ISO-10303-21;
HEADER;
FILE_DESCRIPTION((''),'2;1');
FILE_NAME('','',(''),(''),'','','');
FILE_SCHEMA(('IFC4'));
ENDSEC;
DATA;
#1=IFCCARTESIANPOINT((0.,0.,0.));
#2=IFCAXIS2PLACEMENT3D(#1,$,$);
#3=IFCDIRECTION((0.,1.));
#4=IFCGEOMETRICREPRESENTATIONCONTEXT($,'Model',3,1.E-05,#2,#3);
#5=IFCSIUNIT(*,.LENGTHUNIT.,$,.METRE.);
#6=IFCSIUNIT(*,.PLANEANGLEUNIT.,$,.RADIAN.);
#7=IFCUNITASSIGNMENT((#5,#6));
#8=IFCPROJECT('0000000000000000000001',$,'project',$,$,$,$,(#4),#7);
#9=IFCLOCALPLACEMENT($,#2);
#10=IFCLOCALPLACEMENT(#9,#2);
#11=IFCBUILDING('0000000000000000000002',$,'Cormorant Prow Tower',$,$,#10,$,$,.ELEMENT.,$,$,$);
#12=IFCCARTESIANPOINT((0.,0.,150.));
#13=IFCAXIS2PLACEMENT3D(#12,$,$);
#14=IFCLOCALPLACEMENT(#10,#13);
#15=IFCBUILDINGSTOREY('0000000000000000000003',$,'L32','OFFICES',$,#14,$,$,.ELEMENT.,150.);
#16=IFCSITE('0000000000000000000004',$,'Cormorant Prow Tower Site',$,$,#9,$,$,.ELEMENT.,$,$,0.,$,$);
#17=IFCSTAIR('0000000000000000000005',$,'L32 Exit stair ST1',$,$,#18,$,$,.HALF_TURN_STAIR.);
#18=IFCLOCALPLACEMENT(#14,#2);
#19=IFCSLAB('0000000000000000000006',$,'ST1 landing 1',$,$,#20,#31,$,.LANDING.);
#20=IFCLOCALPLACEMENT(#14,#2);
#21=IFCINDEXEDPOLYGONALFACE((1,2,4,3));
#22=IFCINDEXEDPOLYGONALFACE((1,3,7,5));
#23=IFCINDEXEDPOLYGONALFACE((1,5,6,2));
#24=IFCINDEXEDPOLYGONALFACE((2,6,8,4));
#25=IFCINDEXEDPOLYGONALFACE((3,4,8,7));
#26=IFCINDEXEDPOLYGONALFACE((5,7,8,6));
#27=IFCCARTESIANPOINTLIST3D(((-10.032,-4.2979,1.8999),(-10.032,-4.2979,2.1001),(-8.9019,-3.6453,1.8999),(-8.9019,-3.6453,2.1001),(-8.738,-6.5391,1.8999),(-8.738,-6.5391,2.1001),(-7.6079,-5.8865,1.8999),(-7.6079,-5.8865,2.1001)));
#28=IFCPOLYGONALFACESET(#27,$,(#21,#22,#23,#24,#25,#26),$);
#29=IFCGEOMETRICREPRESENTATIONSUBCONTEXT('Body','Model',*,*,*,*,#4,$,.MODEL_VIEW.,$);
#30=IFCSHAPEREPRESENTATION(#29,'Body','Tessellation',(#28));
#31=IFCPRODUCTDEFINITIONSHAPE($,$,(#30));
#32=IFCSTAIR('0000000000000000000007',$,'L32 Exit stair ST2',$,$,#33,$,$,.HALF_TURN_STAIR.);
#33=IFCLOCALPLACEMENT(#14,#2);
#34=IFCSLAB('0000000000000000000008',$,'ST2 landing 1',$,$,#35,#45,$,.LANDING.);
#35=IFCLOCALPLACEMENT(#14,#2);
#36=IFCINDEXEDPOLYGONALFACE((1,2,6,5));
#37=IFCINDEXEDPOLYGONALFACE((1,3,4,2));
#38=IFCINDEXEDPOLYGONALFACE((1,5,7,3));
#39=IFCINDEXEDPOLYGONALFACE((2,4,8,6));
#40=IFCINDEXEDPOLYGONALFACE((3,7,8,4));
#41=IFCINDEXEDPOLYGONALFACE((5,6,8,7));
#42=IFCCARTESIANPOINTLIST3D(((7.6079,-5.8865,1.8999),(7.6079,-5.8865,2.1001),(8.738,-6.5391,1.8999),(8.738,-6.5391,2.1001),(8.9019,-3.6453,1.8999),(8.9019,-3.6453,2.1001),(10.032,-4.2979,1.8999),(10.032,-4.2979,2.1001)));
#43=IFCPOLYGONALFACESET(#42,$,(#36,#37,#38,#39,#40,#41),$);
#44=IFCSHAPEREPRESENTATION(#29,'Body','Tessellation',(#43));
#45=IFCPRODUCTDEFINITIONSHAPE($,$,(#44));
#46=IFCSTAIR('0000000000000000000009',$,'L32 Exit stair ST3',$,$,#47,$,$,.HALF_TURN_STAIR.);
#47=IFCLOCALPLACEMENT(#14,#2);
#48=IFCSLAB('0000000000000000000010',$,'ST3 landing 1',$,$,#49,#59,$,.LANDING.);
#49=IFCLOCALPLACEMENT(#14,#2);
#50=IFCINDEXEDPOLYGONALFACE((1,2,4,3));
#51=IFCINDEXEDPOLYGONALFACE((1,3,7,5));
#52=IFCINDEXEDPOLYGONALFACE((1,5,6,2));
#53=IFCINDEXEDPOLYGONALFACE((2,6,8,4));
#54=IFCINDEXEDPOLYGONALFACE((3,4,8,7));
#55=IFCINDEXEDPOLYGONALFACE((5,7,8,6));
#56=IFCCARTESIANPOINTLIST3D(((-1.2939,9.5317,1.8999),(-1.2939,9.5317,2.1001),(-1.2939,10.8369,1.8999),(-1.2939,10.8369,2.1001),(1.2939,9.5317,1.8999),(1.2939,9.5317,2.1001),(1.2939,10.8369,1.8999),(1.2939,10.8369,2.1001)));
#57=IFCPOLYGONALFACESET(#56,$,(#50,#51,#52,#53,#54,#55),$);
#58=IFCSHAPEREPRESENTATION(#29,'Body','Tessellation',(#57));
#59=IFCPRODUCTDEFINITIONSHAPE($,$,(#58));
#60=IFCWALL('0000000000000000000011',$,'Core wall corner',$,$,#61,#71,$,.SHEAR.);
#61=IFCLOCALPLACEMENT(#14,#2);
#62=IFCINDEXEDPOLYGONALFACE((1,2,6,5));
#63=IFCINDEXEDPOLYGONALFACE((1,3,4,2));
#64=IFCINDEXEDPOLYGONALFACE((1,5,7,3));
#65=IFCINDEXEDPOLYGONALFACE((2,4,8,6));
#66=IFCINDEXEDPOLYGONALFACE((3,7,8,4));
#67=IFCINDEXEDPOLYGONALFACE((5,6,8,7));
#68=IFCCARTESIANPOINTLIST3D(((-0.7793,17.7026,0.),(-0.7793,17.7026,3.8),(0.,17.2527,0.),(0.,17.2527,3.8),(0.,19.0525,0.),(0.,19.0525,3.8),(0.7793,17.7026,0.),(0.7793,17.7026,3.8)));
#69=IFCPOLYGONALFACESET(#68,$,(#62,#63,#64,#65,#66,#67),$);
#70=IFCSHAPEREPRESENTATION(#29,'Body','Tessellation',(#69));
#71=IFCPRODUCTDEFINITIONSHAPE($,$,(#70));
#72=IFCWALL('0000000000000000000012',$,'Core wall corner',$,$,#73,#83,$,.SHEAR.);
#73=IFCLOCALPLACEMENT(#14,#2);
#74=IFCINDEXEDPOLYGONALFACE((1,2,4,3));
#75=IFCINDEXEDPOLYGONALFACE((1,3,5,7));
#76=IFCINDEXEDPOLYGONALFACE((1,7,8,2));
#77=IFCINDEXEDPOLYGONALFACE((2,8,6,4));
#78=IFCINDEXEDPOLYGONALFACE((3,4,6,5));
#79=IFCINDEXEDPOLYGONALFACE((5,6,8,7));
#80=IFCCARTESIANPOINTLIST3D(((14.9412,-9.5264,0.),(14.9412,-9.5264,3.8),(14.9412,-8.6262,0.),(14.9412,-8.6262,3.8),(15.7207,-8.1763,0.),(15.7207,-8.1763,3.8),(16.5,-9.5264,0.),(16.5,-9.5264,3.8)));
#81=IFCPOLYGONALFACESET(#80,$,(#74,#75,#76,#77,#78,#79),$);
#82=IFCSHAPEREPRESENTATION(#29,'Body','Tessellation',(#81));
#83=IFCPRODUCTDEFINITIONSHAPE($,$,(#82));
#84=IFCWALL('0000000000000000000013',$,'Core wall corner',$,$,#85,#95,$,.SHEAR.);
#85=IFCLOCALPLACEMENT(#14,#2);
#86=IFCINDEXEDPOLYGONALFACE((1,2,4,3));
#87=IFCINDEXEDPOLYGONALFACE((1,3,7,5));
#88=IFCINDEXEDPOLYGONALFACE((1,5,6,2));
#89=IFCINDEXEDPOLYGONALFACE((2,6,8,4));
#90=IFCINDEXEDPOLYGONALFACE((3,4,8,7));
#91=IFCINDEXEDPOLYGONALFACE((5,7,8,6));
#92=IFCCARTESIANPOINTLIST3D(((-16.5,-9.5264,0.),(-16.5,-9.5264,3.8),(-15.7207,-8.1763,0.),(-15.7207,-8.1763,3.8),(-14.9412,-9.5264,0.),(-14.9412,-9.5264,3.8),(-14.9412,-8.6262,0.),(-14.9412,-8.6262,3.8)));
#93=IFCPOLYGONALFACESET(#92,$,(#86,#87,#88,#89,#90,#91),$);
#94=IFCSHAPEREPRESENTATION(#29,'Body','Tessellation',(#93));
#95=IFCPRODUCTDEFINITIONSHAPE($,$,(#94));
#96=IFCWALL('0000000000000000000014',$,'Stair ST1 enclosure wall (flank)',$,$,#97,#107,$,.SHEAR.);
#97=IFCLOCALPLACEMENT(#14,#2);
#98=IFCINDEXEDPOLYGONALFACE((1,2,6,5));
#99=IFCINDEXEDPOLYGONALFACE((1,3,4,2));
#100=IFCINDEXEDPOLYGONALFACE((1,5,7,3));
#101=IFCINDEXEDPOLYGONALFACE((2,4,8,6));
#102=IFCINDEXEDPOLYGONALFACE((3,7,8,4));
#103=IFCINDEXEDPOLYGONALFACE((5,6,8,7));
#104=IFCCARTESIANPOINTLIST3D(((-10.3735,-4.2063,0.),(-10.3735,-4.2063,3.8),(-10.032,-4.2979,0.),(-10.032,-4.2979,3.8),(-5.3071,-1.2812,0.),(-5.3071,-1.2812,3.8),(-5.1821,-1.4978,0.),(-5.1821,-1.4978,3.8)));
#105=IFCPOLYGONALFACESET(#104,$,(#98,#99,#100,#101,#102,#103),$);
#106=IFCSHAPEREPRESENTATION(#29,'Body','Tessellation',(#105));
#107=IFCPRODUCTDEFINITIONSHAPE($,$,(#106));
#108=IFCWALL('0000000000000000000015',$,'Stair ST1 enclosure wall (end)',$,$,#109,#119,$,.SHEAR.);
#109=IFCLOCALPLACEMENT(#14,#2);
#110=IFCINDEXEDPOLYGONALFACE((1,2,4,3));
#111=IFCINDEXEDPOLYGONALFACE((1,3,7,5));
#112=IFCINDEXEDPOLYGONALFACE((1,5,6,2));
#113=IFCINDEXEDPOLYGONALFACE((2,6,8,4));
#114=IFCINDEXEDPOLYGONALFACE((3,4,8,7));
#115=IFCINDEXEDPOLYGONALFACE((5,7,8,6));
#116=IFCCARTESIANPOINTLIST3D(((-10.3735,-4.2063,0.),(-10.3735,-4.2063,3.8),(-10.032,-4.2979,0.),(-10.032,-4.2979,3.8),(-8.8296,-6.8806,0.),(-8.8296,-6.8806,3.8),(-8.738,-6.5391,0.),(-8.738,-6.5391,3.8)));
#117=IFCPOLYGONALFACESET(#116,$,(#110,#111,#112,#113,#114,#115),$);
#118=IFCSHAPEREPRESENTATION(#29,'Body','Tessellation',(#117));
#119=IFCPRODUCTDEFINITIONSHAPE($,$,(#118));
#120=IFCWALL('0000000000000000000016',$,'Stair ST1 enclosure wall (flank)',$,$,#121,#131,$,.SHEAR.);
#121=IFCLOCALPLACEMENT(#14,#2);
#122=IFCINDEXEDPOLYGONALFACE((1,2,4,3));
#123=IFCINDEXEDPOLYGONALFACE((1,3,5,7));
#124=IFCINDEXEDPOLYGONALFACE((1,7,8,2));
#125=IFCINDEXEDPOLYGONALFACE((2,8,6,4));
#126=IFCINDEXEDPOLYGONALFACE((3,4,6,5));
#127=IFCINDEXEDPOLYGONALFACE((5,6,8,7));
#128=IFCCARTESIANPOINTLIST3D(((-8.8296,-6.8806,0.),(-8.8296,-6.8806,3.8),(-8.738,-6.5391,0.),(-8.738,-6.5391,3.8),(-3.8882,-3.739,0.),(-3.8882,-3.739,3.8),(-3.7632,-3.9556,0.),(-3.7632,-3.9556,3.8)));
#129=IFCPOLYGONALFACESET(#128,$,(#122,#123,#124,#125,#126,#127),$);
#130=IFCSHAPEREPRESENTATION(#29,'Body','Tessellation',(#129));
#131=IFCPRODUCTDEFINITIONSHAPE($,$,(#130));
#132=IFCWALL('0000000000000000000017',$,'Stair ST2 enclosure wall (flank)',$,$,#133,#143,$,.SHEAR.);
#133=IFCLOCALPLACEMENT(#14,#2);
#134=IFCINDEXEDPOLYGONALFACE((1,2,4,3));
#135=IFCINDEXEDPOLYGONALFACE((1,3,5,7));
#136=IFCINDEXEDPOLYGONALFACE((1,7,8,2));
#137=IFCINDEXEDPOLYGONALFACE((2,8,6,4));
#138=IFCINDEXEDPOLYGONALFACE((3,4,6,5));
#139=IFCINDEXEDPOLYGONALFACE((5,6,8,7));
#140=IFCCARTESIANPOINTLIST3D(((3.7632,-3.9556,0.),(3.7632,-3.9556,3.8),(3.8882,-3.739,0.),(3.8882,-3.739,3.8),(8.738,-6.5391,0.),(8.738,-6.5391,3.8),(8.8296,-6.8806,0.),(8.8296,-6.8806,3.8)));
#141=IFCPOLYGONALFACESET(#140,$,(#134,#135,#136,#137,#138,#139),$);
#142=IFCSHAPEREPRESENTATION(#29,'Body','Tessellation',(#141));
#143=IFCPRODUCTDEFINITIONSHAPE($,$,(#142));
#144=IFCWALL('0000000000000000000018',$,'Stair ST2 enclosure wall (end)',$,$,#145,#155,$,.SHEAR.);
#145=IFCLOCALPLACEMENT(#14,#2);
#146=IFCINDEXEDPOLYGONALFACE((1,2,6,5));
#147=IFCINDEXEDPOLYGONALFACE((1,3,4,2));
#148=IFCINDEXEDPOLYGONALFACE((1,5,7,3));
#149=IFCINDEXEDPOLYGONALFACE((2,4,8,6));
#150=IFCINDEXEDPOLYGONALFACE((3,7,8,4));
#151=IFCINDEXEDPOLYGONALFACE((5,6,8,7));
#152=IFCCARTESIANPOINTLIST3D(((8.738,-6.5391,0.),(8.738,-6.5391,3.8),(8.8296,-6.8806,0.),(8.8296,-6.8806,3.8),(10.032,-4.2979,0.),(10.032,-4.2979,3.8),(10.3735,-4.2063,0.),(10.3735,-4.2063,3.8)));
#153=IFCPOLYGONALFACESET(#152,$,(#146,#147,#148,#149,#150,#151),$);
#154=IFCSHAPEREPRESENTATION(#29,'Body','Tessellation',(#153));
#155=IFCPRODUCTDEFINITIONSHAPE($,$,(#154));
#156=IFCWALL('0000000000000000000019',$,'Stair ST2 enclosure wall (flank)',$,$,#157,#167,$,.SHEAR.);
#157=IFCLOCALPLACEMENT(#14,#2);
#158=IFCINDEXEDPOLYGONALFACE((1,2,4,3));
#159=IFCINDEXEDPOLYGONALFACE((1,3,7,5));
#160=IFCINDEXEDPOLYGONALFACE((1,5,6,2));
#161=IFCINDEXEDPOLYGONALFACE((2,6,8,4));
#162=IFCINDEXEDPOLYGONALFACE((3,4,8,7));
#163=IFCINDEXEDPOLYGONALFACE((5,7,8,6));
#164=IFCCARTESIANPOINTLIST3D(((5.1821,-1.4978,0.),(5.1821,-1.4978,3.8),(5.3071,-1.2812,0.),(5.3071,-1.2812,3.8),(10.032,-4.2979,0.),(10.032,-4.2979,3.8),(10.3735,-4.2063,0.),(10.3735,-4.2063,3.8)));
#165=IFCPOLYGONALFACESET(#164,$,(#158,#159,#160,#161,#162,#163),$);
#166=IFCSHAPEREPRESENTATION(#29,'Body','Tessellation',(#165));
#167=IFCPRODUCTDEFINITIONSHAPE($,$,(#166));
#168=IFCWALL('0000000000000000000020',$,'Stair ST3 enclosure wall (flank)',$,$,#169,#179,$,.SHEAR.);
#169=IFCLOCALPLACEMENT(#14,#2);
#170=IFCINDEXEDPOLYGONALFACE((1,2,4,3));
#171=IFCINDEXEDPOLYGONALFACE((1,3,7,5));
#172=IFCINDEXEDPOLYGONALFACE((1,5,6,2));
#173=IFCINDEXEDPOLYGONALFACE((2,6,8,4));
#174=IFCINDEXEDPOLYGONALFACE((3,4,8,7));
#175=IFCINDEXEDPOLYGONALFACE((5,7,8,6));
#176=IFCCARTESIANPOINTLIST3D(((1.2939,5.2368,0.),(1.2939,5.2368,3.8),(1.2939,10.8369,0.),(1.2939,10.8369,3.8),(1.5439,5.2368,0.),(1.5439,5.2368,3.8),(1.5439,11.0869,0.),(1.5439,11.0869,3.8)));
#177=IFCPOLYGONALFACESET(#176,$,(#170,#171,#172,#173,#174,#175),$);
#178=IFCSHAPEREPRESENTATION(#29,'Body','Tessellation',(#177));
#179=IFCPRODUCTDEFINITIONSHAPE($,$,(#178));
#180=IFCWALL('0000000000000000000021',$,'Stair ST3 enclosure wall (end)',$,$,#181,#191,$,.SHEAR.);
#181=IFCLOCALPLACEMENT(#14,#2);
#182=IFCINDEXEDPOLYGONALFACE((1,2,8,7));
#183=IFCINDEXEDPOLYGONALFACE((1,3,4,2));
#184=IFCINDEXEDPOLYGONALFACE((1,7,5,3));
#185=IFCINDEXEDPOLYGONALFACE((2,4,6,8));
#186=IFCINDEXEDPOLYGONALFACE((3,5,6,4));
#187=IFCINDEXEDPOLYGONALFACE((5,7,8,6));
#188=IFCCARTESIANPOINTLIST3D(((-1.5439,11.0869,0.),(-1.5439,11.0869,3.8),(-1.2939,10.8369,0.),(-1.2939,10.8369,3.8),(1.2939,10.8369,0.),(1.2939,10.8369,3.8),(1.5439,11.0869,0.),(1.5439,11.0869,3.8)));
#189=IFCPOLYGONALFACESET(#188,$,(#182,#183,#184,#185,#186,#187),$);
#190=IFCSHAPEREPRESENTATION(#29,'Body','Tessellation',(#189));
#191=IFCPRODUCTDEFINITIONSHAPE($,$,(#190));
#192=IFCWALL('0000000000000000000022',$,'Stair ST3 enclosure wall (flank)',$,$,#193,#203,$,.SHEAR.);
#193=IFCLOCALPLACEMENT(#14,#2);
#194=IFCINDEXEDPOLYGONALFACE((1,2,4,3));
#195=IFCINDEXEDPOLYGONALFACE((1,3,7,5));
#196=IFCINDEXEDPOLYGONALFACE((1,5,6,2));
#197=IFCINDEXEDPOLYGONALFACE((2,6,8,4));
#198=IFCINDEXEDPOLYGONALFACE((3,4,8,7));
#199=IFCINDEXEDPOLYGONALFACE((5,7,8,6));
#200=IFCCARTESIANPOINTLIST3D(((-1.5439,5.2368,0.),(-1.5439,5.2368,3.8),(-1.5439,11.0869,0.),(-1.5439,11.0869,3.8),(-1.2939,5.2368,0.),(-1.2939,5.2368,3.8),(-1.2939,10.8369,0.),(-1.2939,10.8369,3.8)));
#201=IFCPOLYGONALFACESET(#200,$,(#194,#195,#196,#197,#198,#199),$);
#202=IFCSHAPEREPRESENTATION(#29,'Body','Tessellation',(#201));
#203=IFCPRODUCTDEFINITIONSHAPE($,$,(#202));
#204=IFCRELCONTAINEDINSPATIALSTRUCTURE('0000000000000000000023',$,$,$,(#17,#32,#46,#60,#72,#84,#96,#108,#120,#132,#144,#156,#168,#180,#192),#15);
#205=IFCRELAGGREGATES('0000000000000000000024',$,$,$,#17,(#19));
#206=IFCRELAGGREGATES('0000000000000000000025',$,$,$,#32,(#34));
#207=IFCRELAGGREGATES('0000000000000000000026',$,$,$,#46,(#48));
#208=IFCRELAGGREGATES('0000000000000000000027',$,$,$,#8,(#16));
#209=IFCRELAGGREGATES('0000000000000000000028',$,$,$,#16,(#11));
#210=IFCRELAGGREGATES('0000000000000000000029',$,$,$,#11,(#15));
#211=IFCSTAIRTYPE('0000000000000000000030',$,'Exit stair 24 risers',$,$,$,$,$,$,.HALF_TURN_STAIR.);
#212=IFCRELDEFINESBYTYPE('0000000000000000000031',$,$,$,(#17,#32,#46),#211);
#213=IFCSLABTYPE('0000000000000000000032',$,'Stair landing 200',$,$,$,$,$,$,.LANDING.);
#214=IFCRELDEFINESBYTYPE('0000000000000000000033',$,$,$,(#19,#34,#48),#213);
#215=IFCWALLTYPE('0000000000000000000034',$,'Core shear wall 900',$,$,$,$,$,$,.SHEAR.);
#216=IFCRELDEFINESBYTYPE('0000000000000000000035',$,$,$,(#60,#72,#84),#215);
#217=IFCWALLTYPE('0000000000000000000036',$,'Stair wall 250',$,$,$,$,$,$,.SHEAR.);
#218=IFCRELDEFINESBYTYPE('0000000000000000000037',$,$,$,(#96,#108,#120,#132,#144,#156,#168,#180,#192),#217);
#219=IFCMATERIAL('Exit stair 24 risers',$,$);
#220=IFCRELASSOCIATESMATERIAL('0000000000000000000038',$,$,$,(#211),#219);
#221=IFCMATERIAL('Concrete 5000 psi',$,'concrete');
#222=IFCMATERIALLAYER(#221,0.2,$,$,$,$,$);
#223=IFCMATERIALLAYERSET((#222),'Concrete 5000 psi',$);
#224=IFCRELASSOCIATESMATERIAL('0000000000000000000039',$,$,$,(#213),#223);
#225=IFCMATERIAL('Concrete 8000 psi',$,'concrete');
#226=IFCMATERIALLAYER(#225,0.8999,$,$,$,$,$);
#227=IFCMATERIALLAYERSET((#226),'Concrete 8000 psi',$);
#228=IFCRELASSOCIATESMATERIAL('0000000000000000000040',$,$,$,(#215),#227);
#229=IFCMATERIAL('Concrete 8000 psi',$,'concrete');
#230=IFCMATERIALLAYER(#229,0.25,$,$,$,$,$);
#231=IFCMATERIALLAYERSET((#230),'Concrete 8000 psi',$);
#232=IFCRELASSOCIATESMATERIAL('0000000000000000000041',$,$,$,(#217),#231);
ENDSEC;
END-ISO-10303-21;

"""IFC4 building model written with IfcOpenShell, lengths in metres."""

from ifc_helpers import new_model, si_unit, direction, frame, origin, place, context, subcontext, project, spatial, polyline, outline, extrude, material, layer, layer_set, type_object, element, aggregate, save


model = new_model("IFC4")

# Units and contexts
model_context = context("Model", 3, precision=1e-05, world=origin(), true_north=direction((0.0, 1.0)))
body_context = subcontext(model_context, "Body", "Model", "MODEL_VIEW")
ifc_project = project(units=[si_unit("LENGTHUNIT", "METRE"), si_unit("PLANEANGLEUNIT", "RADIAN")], contexts=[model_context])

# Site, building, storey
site_placement = place(None, origin())
site = spatial("IfcSite", under=ifc_project, at=site_placement, Name="Cormorant Prow Tower Site", CompositionType="ELEMENT", RefElevation=0.0)
building_placement = place(site_placement, origin())
building = spatial("IfcBuilding", under=site, at=building_placement, Name="Cormorant Prow Tower", CompositionType="ELEMENT")
storey_placement = place(building_placement, frame((0.0, 0.0, 150.0)))
storey = spatial("IfcBuildingStorey", under=building, at=storey_placement, Name="L32", Description="OFFICES", CompositionType="ELEMENT", Elevation=150.0)

# Stairs, slabs
ifc_material_1 = material(Name="Exit stair 24 risers")
stair_type = type_object("IfcStairType", Name="Exit stair 24 risers", PredefinedType="HALF_TURN_STAIR", material=ifc_material_1)
stair_1_placement = place(storey_placement, origin())
stair_1 = element("IfcStair", 1, at=stair_1_placement, inside=storey, type_object=stair_type, Name="L32 Exit stair ST1", PredefinedType="HALF_TURN_STAIR")
ifc_material_2 = material(Name="Concrete 5000 psi", Category="concrete")
ifc_layer_1 = layer(ifc_material_2, 0.2)
ifc_layer_set_1 = layer_set([ifc_layer_1], Name="Concrete 5000 psi")
slab_type = type_object("IfcSlabType", Name="Stair landing 200", PredefinedType="LANDING", material=ifc_layer_set_1)
slab_1_placement = place(storey_placement, frame((0.0, 0.0, 1.8999)))
slab_1 = element("IfcSlab", 2, at=slab_1_placement, type_object=slab_type, Name="ST1 landing 1", PredefinedType="LANDING", context=body_context, shape_type="SweptSolid", body=[
    extrude(outline(polyline([(-8.9019, -3.6453), (-10.032, -4.2979), (-8.738, -6.5391), (-7.6079, -5.8865), (-8.9019, -3.6453)])), origin(), (0.0, 0.0, 1.0), 0.2002),
])
aggregate(stair_1, [slab_1])
stair_2_placement = place(storey_placement, origin())
stair_2 = element("IfcStair", 3, at=stair_2_placement, inside=storey, type_object=stair_type, Name="L32 Exit stair ST2", PredefinedType="HALF_TURN_STAIR")
slab_2_placement = place(storey_placement, frame((0.0, 0.0, 1.8999)))
slab_2 = element("IfcSlab", 4, at=slab_2_placement, type_object=slab_type, Name="ST2 landing 1", PredefinedType="LANDING", context=body_context, shape_type="SweptSolid", body=[
    extrude(outline(polyline([(7.6079, -5.8865), (8.738, -6.5391), (10.032, -4.2979), (8.9019, -3.6453), (7.6079, -5.8865)])), origin(), (0.0, 0.0, 1.0), 0.2002),
])
aggregate(stair_2, [slab_2])
stair_3_placement = place(storey_placement, origin())
stair_3 = element("IfcStair", 5, at=stair_3_placement, inside=storey, type_object=stair_type, Name="L32 Exit stair ST3", PredefinedType="HALF_TURN_STAIR")
slab_3_placement = place(storey_placement, frame((0.0, 0.0, 1.8999)))
slab_3 = element("IfcSlab", 6, at=slab_3_placement, type_object=slab_type, Name="ST3 landing 1", PredefinedType="LANDING", context=body_context, shape_type="SweptSolid", body=[
    extrude(outline(polyline([(1.2939, 9.5317), (1.2939, 10.8369), (-1.2939, 10.8369), (-1.2939, 9.5317), (1.2939, 9.5317)])), origin(), (0.0, 0.0, 1.0), 0.2002),
])

# Walls
ifc_material_3 = material(Name="Concrete 8000 psi", Category="concrete")
ifc_layer_2 = layer(ifc_material_3, 0.8999)
ifc_layer_set_2 = layer_set([ifc_layer_2], Name="Concrete 8000 psi")
wall_type_1 = type_object("IfcWallType", Name="Core shear wall 900", PredefinedType="SHEAR", material=ifc_layer_set_2)
wall_1_placement = place(storey_placement, origin())
element("IfcWall", 7, at=wall_1_placement, inside=storey, type_object=wall_type_1, Name="Core wall corner", PredefinedType="SHEAR", context=body_context, shape_type="SweptSolid", body=[
    extrude(outline(polyline([(-0.7793, 17.7026), (0.0, 19.0525), (0.7793, 17.7026), (0.0, 17.2527), (-0.7793, 17.7026)])), origin(), (0.0, 0.0, 1.0), 3.8),
])
wall_2_placement = place(storey_placement, origin())
element("IfcWall", 8, at=wall_2_placement, inside=storey, type_object=wall_type_1, Name="Core wall corner", PredefinedType="SHEAR", context=body_context, shape_type="SweptSolid", body=[
    extrude(outline(polyline([(14.9412, -8.6262), (15.7207, -8.1763), (16.5, -9.5264), (14.9412, -9.5264), (14.9412, -8.6262)])), origin(), (0.0, 0.0, 1.0), 3.8),
])
wall_3_placement = place(storey_placement, origin())
element("IfcWall", 9, at=wall_3_placement, inside=storey, type_object=wall_type_1, Name="Core wall corner", PredefinedType="SHEAR", context=body_context, shape_type="SweptSolid", body=[
    extrude(outline(polyline([(-14.9412, -8.6262), (-14.9412, -9.5264), (-16.5, -9.5264), (-15.7207, -8.1763), (-14.9412, -8.6262)])), origin(), (0.0, 0.0, 1.0), 3.8),
])
ifc_material_4 = material(Name="Concrete 8000 psi", Category="concrete")
ifc_layer_3 = layer(ifc_material_4, 0.25)
ifc_layer_set_3 = layer_set([ifc_layer_3], Name="Concrete 8000 psi")
wall_type_2 = type_object("IfcWallType", Name="Stair wall 250", PredefinedType="SHEAR", material=ifc_layer_set_3)
wall_4_placement = place(storey_placement, origin())
element("IfcWall", 10, at=wall_4_placement, inside=storey, type_object=wall_type_2, Name="Stair ST1 enclosure wall (flank)", PredefinedType="SHEAR", context=body_context, shape_type="SweptSolid", body=[
    extrude(outline(polyline([(-5.3071, -1.2812), (-10.3735, -4.2063), (-10.032, -4.2979), (-5.1821, -1.4978), (-5.3071, -1.2812)])), origin(), (0.0, 0.0, 1.0), 3.8),
])
wall_5_placement = place(storey_placement, origin())
element("IfcWall", 11, at=wall_5_placement, inside=storey, type_object=wall_type_2, Name="Stair ST1 enclosure wall (end)", PredefinedType="SHEAR", context=body_context, shape_type="SweptSolid", body=[
    extrude(outline(polyline([(-10.3735, -4.2063), (-8.8296, -6.8806), (-8.738, -6.5391), (-10.032, -4.2979), (-10.3735, -4.2063)])), origin(), (0.0, 0.0, 1.0), 3.8),
])
wall_6_placement = place(storey_placement, origin())
element("IfcWall", 12, at=wall_6_placement, inside=storey, type_object=wall_type_2, Name="Stair ST1 enclosure wall (flank)", PredefinedType="SHEAR", context=body_context, shape_type="SweptSolid", body=[
    extrude(outline(polyline([(-8.738, -6.5391), (-8.8296, -6.8806), (-3.7632, -3.9556), (-3.8882, -3.739), (-8.738, -6.5391)])), origin(), (0.0, 0.0, 1.0), 3.8),
])
wall_7_placement = place(storey_placement, origin())
element("IfcWall", 13, at=wall_7_placement, inside=storey, type_object=wall_type_2, Name="Stair ST2 enclosure wall (flank)", PredefinedType="SHEAR", context=body_context, shape_type="SweptSolid", body=[
    extrude(outline(polyline([(3.7632, -3.9556), (8.8296, -6.8806), (8.738, -6.5391), (3.8882, -3.739), (3.7632, -3.9556)])), origin(), (0.0, 0.0, 1.0), 3.8),
])
wall_8_placement = place(storey_placement, origin())
element("IfcWall", 14, at=wall_8_placement, inside=storey, type_object=wall_type_2, Name="Stair ST2 enclosure wall (end)", PredefinedType="SHEAR", context=body_context, shape_type="SweptSolid", body=[
    extrude(outline(polyline([(8.8296, -6.8806), (10.3735, -4.2063), (10.032, -4.2979), (8.738, -6.5391), (8.8296, -6.8806)])), origin(), (0.0, 0.0, 1.0), 3.8),
])
wall_9_placement = place(storey_placement, origin())
element("IfcWall", 15, at=wall_9_placement, inside=storey, type_object=wall_type_2, Name="Stair ST2 enclosure wall (flank)", PredefinedType="SHEAR", context=body_context, shape_type="SweptSolid", body=[
    extrude(outline(polyline([(10.032, -4.2979), (10.3735, -4.2063), (5.3071, -1.2812), (5.1821, -1.4978), (10.032, -4.2979)])), origin(), (0.0, 0.0, 1.0), 3.8),
])
wall_10_placement = place(storey_placement, origin())
element("IfcWall", 16, at=wall_10_placement, inside=storey, type_object=wall_type_2, Name="Stair ST3 enclosure wall (flank)", PredefinedType="SHEAR", context=body_context, shape_type="SweptSolid", body=[
    extrude(outline(polyline([(1.5439, 5.2368), (1.5439, 11.0869), (1.2939, 10.8369), (1.2939, 5.2368), (1.5439, 5.2368)])), origin(), (0.0, 0.0, 1.0), 3.8),
])
wall_11_placement = place(storey_placement, origin())
element("IfcWall", 17, at=wall_11_placement, inside=storey, type_object=wall_type_2, Name="Stair ST3 enclosure wall (end)", PredefinedType="SHEAR", context=body_context, shape_type="SweptSolid", body=[
    extrude(outline(polyline([(1.5439, 11.0869), (-1.5439, 11.0869), (-1.2939, 10.8369), (1.2939, 10.8369), (1.5439, 11.0869)])), origin(), (0.0, 0.0, 1.0), 3.8),
])
wall_12_placement = place(storey_placement, origin())
element("IfcWall", 18, at=wall_12_placement, inside=storey, type_object=wall_type_2, Name="Stair ST3 enclosure wall (flank)", PredefinedType="SHEAR", context=body_context, shape_type="SweptSolid", body=[
    extrude(outline(polyline([(-1.2939, 10.8369), (-1.5439, 11.0869), (-1.5439, 5.2368), (-1.2939, 5.2368), (-1.2939, 10.8369)])), origin(), (0.0, 0.0, 1.0), 3.8),
])

aggregate(stair_3, [slab_3])

save(model, "model.ifc")
